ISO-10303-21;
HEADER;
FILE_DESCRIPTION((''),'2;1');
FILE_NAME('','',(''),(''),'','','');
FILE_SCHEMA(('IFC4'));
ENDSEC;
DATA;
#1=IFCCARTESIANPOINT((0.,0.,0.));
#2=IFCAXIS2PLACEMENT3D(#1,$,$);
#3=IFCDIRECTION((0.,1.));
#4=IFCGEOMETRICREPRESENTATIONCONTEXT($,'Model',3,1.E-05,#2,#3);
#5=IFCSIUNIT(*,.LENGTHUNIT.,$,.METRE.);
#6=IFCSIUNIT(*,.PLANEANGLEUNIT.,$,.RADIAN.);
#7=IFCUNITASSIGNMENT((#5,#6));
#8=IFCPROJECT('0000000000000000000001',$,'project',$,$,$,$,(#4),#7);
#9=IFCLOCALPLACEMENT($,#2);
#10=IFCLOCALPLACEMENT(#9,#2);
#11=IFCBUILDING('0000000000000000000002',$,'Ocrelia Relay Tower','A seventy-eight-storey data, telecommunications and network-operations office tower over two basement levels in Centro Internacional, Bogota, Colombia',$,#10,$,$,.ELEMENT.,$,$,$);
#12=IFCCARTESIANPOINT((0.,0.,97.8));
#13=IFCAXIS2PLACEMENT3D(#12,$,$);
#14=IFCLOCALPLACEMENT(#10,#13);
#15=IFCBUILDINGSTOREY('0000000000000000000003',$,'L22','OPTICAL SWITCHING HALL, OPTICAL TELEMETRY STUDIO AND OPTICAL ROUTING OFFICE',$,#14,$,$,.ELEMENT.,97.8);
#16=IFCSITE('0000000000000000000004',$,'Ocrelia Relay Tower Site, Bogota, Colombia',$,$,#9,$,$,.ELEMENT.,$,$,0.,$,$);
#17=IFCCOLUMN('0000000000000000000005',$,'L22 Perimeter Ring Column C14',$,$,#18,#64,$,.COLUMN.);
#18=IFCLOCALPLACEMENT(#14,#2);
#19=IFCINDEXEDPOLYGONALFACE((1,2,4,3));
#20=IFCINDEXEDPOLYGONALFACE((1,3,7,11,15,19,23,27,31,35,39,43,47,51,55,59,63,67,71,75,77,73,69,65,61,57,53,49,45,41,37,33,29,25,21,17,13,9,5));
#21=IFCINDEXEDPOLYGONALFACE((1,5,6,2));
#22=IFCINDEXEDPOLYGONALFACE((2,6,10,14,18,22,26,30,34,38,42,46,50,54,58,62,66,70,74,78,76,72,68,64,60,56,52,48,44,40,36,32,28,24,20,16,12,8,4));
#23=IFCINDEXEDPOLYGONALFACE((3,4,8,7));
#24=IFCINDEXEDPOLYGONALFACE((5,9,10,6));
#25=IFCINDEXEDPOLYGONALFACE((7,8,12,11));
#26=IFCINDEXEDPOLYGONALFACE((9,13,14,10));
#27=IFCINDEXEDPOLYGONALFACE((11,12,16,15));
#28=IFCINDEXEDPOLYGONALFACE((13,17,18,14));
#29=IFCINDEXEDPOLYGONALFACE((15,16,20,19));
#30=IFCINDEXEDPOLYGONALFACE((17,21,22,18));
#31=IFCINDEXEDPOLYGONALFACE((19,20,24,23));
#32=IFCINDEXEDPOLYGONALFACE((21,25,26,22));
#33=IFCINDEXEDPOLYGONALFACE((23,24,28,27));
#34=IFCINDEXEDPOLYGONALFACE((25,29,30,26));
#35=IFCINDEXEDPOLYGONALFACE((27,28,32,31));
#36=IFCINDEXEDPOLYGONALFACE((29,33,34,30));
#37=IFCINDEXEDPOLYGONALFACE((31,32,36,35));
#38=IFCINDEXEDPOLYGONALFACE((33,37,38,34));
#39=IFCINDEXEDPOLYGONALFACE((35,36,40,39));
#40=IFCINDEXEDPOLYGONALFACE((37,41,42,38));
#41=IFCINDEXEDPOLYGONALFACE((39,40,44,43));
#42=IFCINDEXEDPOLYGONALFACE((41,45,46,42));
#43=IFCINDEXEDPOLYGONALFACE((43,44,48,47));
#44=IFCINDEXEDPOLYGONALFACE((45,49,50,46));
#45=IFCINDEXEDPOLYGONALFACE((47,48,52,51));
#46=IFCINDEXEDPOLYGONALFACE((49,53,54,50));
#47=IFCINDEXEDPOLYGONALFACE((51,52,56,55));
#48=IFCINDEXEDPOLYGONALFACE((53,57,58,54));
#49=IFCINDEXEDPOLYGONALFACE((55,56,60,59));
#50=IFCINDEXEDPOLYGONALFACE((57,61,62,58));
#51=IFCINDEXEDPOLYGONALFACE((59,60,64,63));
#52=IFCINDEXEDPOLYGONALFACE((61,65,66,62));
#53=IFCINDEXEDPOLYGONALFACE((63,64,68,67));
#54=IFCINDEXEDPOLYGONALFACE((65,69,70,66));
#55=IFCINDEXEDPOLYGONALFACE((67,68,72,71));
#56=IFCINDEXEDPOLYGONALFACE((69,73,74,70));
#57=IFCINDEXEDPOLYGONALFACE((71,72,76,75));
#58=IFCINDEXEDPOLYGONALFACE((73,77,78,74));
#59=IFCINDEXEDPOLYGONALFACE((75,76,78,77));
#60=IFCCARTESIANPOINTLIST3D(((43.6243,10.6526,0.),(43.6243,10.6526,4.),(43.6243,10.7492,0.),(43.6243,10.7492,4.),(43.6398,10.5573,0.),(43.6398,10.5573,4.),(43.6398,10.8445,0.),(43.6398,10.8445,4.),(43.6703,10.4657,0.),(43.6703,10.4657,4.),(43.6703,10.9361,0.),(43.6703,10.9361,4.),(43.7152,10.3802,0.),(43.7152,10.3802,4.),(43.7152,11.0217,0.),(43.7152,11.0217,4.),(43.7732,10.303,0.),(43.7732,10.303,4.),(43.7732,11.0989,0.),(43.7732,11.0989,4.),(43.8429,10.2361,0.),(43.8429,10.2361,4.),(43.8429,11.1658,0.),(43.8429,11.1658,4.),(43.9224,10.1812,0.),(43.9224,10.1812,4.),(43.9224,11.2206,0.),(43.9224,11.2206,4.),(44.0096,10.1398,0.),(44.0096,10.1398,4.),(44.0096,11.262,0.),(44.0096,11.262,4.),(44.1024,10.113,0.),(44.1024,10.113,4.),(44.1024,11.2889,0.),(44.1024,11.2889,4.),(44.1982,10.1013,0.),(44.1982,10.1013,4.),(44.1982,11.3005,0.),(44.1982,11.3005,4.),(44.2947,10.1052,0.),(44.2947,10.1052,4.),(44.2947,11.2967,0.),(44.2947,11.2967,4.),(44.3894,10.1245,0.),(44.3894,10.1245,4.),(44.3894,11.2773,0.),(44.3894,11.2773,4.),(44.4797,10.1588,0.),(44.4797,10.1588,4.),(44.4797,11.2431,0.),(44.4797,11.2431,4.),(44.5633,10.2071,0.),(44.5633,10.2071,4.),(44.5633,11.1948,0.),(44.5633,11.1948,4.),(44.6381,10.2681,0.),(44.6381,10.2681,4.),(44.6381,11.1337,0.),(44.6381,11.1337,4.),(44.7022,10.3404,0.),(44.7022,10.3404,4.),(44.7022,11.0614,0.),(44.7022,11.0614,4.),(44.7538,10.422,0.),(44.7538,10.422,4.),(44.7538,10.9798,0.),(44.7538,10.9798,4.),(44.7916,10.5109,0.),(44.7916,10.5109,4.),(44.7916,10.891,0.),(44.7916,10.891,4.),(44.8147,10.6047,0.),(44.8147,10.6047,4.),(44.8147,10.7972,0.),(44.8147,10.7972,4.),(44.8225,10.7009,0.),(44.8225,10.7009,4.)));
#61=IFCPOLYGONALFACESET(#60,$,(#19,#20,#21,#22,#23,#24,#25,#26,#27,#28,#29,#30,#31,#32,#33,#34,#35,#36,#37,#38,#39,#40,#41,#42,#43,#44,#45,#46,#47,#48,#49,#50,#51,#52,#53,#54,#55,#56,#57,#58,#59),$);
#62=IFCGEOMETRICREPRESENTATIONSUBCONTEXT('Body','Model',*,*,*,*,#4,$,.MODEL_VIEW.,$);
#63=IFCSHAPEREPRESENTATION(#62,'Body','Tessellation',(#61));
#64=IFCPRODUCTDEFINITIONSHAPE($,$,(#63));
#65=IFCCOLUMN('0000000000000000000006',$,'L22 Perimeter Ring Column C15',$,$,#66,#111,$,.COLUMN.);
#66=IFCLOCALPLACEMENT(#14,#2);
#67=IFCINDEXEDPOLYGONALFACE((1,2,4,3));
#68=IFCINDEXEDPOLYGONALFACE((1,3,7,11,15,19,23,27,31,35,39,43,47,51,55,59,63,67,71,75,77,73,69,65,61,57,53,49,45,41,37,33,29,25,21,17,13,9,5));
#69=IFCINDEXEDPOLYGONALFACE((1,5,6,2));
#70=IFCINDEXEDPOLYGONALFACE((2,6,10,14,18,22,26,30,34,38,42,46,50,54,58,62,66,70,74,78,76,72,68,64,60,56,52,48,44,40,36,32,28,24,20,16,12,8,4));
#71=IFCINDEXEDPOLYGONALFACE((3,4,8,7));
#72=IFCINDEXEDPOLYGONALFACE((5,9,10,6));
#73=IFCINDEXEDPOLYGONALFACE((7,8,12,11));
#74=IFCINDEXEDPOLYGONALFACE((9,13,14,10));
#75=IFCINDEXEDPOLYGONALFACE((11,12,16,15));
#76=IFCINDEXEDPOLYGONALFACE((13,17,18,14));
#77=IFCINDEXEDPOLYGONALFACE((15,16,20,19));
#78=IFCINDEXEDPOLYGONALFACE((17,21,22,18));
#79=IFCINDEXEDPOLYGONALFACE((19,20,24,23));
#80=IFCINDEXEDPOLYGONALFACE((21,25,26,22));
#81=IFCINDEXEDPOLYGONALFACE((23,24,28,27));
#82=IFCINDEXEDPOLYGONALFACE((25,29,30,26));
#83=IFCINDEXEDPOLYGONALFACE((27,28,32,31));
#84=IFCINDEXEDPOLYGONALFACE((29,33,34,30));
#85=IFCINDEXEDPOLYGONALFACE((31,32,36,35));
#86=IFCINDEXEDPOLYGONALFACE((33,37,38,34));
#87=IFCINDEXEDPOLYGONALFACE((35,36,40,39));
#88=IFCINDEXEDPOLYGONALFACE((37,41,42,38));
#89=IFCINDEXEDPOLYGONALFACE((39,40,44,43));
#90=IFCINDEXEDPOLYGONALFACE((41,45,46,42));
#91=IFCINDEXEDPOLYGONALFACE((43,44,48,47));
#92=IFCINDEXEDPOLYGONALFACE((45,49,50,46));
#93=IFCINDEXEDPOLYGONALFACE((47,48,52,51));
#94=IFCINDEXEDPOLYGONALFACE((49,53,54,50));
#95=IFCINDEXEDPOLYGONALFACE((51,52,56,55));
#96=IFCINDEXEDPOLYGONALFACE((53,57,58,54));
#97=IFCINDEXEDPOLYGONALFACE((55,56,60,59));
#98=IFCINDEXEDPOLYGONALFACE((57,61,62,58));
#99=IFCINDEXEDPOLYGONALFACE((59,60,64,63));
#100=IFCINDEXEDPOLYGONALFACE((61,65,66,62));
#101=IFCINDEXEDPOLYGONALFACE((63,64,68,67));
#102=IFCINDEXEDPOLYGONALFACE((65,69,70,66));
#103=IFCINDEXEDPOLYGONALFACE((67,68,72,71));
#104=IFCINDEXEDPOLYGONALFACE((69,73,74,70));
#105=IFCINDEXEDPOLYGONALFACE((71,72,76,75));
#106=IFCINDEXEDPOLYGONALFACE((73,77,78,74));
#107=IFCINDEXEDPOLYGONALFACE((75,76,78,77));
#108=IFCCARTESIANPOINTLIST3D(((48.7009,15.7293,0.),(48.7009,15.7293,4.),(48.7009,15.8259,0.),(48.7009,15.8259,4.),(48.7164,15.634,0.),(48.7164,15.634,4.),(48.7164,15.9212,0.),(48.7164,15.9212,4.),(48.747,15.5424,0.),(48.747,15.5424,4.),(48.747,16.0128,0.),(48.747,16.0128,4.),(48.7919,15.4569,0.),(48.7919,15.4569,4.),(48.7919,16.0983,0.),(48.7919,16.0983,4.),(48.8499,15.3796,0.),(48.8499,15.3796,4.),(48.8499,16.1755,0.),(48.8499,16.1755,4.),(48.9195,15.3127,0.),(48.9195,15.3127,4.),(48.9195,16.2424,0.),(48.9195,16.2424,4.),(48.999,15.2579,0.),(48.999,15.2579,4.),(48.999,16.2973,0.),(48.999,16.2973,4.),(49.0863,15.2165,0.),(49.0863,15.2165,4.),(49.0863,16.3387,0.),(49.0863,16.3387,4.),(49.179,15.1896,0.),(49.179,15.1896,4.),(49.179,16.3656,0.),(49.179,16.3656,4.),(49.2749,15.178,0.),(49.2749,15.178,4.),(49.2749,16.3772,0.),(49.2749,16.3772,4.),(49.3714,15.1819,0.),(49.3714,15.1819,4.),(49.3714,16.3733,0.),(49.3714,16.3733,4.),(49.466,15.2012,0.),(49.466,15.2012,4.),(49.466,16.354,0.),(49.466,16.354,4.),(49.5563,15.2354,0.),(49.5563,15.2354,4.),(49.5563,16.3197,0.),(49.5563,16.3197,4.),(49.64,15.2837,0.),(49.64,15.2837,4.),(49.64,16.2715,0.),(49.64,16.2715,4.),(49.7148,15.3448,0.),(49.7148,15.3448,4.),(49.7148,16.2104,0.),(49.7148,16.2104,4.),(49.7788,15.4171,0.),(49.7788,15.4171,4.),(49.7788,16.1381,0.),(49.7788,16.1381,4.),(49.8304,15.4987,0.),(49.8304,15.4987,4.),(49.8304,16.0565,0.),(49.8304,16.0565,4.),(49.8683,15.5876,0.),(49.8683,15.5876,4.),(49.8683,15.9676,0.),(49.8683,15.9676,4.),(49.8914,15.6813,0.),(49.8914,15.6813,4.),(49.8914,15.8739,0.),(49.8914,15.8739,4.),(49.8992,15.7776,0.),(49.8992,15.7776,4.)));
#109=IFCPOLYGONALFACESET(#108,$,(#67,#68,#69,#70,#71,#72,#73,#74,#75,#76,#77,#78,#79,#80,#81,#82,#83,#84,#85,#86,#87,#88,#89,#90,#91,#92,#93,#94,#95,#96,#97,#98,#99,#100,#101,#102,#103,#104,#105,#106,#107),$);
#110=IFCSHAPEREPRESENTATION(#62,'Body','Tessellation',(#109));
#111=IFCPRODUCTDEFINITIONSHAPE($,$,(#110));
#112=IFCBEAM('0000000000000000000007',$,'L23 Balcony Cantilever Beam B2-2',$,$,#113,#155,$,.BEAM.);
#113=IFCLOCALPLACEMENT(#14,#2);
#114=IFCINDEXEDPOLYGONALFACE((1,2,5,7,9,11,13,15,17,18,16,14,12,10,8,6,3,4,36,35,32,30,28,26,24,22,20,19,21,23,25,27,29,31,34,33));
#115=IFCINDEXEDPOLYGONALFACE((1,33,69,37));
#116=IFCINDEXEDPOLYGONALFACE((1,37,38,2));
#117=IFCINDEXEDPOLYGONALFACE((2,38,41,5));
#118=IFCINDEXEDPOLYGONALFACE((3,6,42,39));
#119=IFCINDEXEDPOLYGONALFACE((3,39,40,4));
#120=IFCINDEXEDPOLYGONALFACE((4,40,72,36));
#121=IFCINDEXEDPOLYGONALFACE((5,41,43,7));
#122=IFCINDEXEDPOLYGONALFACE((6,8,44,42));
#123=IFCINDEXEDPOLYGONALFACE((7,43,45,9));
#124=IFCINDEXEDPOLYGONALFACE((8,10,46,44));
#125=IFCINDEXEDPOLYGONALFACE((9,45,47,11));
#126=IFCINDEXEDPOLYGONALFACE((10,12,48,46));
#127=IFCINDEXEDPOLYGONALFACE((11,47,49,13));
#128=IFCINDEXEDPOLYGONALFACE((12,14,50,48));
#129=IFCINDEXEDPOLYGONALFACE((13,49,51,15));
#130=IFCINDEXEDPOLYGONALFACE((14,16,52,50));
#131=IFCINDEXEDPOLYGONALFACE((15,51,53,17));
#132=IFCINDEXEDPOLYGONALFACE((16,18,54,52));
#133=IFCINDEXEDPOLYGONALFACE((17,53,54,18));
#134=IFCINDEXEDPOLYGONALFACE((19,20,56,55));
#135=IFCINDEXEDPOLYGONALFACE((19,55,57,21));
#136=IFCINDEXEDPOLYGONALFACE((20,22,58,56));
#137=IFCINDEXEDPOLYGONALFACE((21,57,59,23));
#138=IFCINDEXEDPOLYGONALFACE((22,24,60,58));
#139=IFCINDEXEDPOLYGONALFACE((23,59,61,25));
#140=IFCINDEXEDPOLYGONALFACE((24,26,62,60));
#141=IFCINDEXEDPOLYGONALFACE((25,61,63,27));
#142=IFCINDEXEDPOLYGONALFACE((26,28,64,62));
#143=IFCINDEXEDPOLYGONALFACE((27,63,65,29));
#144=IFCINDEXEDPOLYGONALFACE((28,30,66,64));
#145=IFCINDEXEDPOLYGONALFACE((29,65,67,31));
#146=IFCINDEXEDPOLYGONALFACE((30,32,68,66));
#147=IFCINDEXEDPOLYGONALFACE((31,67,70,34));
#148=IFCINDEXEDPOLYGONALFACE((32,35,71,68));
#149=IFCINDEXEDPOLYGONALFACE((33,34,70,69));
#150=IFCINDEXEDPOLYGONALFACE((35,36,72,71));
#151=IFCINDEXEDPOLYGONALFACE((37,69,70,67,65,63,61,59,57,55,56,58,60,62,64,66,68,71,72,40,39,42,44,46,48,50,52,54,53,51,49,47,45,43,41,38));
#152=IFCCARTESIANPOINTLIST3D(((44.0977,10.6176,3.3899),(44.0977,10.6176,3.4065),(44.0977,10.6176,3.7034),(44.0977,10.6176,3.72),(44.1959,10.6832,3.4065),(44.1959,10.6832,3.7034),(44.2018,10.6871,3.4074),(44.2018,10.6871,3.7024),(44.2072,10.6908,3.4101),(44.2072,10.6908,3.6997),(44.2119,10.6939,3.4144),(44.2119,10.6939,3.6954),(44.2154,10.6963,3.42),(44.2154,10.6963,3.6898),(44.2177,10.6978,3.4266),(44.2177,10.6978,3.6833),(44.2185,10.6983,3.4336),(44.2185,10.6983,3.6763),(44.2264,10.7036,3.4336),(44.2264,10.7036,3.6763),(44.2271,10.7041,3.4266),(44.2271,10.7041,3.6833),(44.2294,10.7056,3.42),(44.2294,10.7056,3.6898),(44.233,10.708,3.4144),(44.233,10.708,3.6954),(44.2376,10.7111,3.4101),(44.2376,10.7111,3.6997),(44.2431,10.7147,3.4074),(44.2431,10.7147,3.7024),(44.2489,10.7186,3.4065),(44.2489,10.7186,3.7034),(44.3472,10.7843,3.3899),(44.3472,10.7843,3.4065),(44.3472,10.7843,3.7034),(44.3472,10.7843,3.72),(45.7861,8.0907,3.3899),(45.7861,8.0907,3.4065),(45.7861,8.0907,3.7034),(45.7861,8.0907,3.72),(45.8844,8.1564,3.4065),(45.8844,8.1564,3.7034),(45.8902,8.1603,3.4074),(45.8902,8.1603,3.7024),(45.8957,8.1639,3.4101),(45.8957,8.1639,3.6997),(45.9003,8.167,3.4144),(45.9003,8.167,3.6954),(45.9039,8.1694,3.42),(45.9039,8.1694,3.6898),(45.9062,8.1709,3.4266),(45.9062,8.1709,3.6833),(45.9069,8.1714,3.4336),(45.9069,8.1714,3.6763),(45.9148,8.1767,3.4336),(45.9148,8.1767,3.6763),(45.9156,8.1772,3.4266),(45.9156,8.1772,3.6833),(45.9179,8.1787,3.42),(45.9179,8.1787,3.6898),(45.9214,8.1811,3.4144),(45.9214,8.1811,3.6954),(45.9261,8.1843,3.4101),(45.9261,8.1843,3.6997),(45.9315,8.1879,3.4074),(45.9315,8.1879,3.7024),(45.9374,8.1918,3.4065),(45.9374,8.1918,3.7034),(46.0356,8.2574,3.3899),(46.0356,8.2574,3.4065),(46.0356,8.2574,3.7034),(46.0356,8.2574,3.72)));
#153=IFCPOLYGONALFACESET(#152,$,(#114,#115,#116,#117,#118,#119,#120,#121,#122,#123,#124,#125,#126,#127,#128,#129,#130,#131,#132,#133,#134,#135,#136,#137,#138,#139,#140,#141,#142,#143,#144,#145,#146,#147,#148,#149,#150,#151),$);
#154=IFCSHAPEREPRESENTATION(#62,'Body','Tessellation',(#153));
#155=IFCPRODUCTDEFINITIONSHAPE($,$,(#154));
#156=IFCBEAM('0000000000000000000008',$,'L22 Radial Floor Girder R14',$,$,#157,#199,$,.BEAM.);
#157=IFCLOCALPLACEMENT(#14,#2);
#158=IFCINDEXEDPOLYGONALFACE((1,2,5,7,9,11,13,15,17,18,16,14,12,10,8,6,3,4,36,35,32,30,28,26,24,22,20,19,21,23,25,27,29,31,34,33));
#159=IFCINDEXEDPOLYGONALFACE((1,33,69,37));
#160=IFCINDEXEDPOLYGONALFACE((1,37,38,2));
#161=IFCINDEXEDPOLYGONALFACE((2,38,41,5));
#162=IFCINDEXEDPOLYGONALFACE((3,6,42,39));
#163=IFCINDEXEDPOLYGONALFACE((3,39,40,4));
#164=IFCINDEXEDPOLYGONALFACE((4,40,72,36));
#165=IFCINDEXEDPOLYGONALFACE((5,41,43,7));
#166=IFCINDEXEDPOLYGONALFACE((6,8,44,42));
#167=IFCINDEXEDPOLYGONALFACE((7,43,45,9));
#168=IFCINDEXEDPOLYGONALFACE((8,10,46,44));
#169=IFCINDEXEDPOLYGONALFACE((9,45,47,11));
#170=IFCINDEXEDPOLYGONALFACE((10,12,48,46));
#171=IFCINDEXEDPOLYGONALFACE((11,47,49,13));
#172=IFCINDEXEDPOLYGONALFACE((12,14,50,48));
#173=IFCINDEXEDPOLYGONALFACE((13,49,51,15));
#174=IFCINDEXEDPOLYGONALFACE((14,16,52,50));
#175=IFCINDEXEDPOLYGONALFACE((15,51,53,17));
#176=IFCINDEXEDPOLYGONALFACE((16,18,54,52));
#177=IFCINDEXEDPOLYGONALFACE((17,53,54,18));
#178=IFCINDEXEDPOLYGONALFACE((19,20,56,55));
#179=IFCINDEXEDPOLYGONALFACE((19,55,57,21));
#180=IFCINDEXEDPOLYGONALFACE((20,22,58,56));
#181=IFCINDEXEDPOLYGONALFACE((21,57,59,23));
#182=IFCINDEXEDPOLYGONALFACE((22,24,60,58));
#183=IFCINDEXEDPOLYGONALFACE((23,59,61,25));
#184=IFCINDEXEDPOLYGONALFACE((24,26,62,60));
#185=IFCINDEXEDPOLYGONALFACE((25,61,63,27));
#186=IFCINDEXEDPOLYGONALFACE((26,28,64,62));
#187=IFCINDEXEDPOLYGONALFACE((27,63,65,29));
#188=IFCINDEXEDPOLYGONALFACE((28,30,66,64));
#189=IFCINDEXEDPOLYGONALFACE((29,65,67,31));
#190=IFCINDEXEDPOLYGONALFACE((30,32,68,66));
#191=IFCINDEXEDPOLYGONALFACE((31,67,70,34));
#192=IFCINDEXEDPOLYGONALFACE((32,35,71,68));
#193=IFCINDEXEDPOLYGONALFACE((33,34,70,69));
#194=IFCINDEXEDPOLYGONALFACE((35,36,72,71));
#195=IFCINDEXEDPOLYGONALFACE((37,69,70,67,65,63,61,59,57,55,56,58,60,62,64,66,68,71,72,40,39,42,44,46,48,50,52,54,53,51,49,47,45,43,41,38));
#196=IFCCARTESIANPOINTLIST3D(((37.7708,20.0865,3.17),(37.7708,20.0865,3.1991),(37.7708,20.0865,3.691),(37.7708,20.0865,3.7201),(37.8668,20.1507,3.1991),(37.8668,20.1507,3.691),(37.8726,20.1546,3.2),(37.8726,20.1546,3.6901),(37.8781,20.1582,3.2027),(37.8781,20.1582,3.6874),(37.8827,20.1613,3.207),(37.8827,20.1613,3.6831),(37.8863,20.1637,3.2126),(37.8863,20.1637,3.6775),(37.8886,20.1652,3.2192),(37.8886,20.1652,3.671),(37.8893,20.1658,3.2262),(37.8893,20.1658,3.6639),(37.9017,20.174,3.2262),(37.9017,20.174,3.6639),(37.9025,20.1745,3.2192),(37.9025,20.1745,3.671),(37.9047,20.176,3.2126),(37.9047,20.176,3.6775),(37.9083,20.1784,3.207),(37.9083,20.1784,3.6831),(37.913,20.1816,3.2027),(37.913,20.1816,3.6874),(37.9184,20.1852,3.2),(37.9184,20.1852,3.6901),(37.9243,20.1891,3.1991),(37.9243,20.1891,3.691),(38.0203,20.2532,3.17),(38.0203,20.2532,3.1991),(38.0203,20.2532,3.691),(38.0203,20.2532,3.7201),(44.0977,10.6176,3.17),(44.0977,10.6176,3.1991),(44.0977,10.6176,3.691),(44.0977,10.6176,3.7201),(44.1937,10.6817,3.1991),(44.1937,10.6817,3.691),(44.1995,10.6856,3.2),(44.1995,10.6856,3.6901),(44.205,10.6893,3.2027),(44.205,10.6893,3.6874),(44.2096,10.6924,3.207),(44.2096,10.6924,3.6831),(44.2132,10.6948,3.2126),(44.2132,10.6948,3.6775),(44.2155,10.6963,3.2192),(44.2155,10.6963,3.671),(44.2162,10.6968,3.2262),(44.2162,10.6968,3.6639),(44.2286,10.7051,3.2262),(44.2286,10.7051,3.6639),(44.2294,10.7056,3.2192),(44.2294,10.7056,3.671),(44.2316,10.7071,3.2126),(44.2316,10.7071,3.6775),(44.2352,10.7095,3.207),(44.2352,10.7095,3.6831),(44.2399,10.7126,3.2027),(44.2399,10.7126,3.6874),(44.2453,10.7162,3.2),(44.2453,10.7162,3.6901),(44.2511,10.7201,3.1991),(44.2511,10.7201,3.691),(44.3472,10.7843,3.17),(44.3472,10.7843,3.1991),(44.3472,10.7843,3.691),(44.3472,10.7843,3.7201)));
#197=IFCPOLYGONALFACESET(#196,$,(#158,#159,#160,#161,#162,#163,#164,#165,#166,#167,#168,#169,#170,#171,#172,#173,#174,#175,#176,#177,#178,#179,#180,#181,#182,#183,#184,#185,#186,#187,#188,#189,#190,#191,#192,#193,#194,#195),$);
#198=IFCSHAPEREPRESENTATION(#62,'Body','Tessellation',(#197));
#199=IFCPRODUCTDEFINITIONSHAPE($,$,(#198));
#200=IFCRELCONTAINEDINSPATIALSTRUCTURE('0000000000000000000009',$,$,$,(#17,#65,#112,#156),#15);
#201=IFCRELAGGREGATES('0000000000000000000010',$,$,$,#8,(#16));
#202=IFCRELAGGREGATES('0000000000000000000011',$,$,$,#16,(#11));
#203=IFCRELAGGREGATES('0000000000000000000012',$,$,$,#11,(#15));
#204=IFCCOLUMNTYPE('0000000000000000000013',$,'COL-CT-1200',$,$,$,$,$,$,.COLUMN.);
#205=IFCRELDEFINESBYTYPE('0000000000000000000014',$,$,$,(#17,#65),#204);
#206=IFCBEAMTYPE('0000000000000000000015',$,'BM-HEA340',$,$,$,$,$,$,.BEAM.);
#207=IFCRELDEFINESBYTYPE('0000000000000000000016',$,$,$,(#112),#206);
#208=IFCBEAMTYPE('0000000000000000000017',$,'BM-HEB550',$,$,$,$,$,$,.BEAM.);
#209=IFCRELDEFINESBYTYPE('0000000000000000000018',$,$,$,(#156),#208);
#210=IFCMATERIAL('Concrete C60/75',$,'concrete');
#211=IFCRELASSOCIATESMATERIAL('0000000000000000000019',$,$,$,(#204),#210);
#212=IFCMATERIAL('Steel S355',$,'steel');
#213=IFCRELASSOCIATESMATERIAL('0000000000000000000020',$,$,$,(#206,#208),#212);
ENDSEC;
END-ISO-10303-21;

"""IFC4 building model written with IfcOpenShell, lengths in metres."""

from ifc_helpers import new_model, si_unit, direction, frame, origin, origin_2d, place, context, subcontext, project, spatial, circle, i_section, extrude, material, material_profile, profile_set, type_object, element, save


model = new_model("IFC4")

# Units and contexts
model_context = context("Model", 3, precision=1e-05, world=origin(), true_north=direction((0.0, 1.0)))
body_context = subcontext(model_context, "Body", "Model", "MODEL_VIEW")
ifc_project = project(units=[si_unit("LENGTHUNIT", "METRE"), si_unit("PLANEANGLEUNIT", "RADIAN")], contexts=[model_context])

# Site, building, storey
site_placement = place(None, origin())
site = spatial("IfcSite", under=ifc_project, at=site_placement, Name="Ocrelia Relay Tower Site, Bogota, Colombia", CompositionType="ELEMENT", RefElevation=0.0)
building_placement = place(site_placement, origin())
building = spatial("IfcBuilding", under=site, at=building_placement, Name="Ocrelia Relay Tower", Description="A seventy-eight-storey data, telecommunications and network-operations office tower over two basement levels in Centro Internacional, Bogota, Colombia", CompositionType="ELEMENT")
storey_placement = place(building_placement, frame((0.0, 0.0, 97.8)))
storey = spatial("IfcBuildingStorey", under=building, at=storey_placement, Name="L22", Description="OPTICAL SWITCHING HALL, OPTICAL TELEMETRY STUDIO AND OPTICAL ROUTING OFFICE", CompositionType="ELEMENT", Elevation=97.8)

# Columns
ifc_material_1 = material(Name="Concrete C60/75", Category="concrete")
ifc_material_profile_1 = material_profile(ifc_material_1, circle(Radius=0.6001, at=origin_2d()), Name="RC-CIR-1200")
ifc_profile_set_1 = profile_set([ifc_material_profile_1], Name="Concrete C60/75")
column_type = type_object("IfcColumnType", Name="COL-CT-1200", PredefinedType="COLUMN", material=ifc_profile_set_1)
for number, where, z_axis, x_axis, name in (
    (1, (44.2224, 10.7009, 0.0), (0.0, 0.0, 1.0), (1.0, 0.0, 0.0), "L22 Perimeter Ring Column C14"),
    (2, (49.2991, 15.7776, 0.0), (0.0, 0.0, 1.0), (1.0, 0.0, 0.0), "L22 Perimeter Ring Column C15"),
):
    element("IfcColumn", number, at=place(storey_placement, frame(where, z_axis=z_axis, x_axis=x_axis)), inside=storey, type_object=column_type, Name=name, PredefinedType="COLUMN", context=body_context, shape_type="SweptSolid", body=[
        extrude(circle(Radius=0.6001, at=origin_2d()), origin(), (0.0, 0.0, 1.0), 4.0),
    ])

# Beams
ifc_material_2 = material(Name="Steel S355", Category="steel")
ifc_material_profile_2 = material_profile(ifc_material_2, i_section(OverallWidth=0.3, OverallDepth=0.3301, WebThickness=0.0095, FlangeThickness=0.0166, FilletRadius=0.0271, at=origin_2d()), Name="HEA 340")
ifc_profile_set_2 = profile_set([ifc_material_profile_2], Name="Steel S355")
beam_type_1 = type_object("IfcBeamType", Name="BM-HEA340", PredefinedType="BEAM", material=ifc_profile_set_2)
beam_1_placement = place(storey_placement, frame((44.2224, 10.7009, 3.5549), z_axis=(0.55559, -0.831457, 0.0), x_axis=(0.831457, 0.55559, 0.0)))
element("IfcBeam", 3, at=beam_1_placement, inside=storey, type_object=beam_type_1, Name="L23 Balcony Cantilever Beam B2-2", PredefinedType="BEAM", context=body_context, shape_type="SweptSolid", body=[
    extrude(i_section(OverallWidth=0.3, OverallDepth=0.3301, WebThickness=0.0095, FlangeThickness=0.0166, FilletRadius=0.0271, at=origin_2d()), origin(), (0.0, 0.0, 1.0), 3.0391),
])
ifc_material_profile_3 = material_profile(ifc_material_2, i_section(OverallWidth=0.3, OverallDepth=0.55, WebThickness=0.0149, FlangeThickness=0.0291, FilletRadius=0.0271, at=origin_2d()), Name="HEB 550")
ifc_profile_set_3 = profile_set([ifc_material_profile_3], Name="Steel S355")
beam_type_2 = type_object("IfcBeamType", Name="BM-HEB550", PredefinedType="BEAM", material=ifc_profile_set_3)
beam_2_placement = place(storey_placement, frame((44.2224, 10.7009, 3.4451), z_axis=(-0.555566, 0.831473, 0.0), x_axis=(-0.831473, -0.555566, 0.0)))
element("IfcBeam", 4, at=beam_2_placement, inside=storey, type_object=beam_type_2, Name="L22 Radial Floor Girder R14", PredefinedType="BEAM", context=body_context, shape_type="SweptSolid", body=[
    extrude(i_section(OverallWidth=0.3, OverallDepth=0.55, WebThickness=0.0149, FlangeThickness=0.0291, FilletRadius=0.0271, at=origin_2d()), origin(), (0.0, 0.0, 1.0), 11.3882),
])

save(model, "model.ifc")
